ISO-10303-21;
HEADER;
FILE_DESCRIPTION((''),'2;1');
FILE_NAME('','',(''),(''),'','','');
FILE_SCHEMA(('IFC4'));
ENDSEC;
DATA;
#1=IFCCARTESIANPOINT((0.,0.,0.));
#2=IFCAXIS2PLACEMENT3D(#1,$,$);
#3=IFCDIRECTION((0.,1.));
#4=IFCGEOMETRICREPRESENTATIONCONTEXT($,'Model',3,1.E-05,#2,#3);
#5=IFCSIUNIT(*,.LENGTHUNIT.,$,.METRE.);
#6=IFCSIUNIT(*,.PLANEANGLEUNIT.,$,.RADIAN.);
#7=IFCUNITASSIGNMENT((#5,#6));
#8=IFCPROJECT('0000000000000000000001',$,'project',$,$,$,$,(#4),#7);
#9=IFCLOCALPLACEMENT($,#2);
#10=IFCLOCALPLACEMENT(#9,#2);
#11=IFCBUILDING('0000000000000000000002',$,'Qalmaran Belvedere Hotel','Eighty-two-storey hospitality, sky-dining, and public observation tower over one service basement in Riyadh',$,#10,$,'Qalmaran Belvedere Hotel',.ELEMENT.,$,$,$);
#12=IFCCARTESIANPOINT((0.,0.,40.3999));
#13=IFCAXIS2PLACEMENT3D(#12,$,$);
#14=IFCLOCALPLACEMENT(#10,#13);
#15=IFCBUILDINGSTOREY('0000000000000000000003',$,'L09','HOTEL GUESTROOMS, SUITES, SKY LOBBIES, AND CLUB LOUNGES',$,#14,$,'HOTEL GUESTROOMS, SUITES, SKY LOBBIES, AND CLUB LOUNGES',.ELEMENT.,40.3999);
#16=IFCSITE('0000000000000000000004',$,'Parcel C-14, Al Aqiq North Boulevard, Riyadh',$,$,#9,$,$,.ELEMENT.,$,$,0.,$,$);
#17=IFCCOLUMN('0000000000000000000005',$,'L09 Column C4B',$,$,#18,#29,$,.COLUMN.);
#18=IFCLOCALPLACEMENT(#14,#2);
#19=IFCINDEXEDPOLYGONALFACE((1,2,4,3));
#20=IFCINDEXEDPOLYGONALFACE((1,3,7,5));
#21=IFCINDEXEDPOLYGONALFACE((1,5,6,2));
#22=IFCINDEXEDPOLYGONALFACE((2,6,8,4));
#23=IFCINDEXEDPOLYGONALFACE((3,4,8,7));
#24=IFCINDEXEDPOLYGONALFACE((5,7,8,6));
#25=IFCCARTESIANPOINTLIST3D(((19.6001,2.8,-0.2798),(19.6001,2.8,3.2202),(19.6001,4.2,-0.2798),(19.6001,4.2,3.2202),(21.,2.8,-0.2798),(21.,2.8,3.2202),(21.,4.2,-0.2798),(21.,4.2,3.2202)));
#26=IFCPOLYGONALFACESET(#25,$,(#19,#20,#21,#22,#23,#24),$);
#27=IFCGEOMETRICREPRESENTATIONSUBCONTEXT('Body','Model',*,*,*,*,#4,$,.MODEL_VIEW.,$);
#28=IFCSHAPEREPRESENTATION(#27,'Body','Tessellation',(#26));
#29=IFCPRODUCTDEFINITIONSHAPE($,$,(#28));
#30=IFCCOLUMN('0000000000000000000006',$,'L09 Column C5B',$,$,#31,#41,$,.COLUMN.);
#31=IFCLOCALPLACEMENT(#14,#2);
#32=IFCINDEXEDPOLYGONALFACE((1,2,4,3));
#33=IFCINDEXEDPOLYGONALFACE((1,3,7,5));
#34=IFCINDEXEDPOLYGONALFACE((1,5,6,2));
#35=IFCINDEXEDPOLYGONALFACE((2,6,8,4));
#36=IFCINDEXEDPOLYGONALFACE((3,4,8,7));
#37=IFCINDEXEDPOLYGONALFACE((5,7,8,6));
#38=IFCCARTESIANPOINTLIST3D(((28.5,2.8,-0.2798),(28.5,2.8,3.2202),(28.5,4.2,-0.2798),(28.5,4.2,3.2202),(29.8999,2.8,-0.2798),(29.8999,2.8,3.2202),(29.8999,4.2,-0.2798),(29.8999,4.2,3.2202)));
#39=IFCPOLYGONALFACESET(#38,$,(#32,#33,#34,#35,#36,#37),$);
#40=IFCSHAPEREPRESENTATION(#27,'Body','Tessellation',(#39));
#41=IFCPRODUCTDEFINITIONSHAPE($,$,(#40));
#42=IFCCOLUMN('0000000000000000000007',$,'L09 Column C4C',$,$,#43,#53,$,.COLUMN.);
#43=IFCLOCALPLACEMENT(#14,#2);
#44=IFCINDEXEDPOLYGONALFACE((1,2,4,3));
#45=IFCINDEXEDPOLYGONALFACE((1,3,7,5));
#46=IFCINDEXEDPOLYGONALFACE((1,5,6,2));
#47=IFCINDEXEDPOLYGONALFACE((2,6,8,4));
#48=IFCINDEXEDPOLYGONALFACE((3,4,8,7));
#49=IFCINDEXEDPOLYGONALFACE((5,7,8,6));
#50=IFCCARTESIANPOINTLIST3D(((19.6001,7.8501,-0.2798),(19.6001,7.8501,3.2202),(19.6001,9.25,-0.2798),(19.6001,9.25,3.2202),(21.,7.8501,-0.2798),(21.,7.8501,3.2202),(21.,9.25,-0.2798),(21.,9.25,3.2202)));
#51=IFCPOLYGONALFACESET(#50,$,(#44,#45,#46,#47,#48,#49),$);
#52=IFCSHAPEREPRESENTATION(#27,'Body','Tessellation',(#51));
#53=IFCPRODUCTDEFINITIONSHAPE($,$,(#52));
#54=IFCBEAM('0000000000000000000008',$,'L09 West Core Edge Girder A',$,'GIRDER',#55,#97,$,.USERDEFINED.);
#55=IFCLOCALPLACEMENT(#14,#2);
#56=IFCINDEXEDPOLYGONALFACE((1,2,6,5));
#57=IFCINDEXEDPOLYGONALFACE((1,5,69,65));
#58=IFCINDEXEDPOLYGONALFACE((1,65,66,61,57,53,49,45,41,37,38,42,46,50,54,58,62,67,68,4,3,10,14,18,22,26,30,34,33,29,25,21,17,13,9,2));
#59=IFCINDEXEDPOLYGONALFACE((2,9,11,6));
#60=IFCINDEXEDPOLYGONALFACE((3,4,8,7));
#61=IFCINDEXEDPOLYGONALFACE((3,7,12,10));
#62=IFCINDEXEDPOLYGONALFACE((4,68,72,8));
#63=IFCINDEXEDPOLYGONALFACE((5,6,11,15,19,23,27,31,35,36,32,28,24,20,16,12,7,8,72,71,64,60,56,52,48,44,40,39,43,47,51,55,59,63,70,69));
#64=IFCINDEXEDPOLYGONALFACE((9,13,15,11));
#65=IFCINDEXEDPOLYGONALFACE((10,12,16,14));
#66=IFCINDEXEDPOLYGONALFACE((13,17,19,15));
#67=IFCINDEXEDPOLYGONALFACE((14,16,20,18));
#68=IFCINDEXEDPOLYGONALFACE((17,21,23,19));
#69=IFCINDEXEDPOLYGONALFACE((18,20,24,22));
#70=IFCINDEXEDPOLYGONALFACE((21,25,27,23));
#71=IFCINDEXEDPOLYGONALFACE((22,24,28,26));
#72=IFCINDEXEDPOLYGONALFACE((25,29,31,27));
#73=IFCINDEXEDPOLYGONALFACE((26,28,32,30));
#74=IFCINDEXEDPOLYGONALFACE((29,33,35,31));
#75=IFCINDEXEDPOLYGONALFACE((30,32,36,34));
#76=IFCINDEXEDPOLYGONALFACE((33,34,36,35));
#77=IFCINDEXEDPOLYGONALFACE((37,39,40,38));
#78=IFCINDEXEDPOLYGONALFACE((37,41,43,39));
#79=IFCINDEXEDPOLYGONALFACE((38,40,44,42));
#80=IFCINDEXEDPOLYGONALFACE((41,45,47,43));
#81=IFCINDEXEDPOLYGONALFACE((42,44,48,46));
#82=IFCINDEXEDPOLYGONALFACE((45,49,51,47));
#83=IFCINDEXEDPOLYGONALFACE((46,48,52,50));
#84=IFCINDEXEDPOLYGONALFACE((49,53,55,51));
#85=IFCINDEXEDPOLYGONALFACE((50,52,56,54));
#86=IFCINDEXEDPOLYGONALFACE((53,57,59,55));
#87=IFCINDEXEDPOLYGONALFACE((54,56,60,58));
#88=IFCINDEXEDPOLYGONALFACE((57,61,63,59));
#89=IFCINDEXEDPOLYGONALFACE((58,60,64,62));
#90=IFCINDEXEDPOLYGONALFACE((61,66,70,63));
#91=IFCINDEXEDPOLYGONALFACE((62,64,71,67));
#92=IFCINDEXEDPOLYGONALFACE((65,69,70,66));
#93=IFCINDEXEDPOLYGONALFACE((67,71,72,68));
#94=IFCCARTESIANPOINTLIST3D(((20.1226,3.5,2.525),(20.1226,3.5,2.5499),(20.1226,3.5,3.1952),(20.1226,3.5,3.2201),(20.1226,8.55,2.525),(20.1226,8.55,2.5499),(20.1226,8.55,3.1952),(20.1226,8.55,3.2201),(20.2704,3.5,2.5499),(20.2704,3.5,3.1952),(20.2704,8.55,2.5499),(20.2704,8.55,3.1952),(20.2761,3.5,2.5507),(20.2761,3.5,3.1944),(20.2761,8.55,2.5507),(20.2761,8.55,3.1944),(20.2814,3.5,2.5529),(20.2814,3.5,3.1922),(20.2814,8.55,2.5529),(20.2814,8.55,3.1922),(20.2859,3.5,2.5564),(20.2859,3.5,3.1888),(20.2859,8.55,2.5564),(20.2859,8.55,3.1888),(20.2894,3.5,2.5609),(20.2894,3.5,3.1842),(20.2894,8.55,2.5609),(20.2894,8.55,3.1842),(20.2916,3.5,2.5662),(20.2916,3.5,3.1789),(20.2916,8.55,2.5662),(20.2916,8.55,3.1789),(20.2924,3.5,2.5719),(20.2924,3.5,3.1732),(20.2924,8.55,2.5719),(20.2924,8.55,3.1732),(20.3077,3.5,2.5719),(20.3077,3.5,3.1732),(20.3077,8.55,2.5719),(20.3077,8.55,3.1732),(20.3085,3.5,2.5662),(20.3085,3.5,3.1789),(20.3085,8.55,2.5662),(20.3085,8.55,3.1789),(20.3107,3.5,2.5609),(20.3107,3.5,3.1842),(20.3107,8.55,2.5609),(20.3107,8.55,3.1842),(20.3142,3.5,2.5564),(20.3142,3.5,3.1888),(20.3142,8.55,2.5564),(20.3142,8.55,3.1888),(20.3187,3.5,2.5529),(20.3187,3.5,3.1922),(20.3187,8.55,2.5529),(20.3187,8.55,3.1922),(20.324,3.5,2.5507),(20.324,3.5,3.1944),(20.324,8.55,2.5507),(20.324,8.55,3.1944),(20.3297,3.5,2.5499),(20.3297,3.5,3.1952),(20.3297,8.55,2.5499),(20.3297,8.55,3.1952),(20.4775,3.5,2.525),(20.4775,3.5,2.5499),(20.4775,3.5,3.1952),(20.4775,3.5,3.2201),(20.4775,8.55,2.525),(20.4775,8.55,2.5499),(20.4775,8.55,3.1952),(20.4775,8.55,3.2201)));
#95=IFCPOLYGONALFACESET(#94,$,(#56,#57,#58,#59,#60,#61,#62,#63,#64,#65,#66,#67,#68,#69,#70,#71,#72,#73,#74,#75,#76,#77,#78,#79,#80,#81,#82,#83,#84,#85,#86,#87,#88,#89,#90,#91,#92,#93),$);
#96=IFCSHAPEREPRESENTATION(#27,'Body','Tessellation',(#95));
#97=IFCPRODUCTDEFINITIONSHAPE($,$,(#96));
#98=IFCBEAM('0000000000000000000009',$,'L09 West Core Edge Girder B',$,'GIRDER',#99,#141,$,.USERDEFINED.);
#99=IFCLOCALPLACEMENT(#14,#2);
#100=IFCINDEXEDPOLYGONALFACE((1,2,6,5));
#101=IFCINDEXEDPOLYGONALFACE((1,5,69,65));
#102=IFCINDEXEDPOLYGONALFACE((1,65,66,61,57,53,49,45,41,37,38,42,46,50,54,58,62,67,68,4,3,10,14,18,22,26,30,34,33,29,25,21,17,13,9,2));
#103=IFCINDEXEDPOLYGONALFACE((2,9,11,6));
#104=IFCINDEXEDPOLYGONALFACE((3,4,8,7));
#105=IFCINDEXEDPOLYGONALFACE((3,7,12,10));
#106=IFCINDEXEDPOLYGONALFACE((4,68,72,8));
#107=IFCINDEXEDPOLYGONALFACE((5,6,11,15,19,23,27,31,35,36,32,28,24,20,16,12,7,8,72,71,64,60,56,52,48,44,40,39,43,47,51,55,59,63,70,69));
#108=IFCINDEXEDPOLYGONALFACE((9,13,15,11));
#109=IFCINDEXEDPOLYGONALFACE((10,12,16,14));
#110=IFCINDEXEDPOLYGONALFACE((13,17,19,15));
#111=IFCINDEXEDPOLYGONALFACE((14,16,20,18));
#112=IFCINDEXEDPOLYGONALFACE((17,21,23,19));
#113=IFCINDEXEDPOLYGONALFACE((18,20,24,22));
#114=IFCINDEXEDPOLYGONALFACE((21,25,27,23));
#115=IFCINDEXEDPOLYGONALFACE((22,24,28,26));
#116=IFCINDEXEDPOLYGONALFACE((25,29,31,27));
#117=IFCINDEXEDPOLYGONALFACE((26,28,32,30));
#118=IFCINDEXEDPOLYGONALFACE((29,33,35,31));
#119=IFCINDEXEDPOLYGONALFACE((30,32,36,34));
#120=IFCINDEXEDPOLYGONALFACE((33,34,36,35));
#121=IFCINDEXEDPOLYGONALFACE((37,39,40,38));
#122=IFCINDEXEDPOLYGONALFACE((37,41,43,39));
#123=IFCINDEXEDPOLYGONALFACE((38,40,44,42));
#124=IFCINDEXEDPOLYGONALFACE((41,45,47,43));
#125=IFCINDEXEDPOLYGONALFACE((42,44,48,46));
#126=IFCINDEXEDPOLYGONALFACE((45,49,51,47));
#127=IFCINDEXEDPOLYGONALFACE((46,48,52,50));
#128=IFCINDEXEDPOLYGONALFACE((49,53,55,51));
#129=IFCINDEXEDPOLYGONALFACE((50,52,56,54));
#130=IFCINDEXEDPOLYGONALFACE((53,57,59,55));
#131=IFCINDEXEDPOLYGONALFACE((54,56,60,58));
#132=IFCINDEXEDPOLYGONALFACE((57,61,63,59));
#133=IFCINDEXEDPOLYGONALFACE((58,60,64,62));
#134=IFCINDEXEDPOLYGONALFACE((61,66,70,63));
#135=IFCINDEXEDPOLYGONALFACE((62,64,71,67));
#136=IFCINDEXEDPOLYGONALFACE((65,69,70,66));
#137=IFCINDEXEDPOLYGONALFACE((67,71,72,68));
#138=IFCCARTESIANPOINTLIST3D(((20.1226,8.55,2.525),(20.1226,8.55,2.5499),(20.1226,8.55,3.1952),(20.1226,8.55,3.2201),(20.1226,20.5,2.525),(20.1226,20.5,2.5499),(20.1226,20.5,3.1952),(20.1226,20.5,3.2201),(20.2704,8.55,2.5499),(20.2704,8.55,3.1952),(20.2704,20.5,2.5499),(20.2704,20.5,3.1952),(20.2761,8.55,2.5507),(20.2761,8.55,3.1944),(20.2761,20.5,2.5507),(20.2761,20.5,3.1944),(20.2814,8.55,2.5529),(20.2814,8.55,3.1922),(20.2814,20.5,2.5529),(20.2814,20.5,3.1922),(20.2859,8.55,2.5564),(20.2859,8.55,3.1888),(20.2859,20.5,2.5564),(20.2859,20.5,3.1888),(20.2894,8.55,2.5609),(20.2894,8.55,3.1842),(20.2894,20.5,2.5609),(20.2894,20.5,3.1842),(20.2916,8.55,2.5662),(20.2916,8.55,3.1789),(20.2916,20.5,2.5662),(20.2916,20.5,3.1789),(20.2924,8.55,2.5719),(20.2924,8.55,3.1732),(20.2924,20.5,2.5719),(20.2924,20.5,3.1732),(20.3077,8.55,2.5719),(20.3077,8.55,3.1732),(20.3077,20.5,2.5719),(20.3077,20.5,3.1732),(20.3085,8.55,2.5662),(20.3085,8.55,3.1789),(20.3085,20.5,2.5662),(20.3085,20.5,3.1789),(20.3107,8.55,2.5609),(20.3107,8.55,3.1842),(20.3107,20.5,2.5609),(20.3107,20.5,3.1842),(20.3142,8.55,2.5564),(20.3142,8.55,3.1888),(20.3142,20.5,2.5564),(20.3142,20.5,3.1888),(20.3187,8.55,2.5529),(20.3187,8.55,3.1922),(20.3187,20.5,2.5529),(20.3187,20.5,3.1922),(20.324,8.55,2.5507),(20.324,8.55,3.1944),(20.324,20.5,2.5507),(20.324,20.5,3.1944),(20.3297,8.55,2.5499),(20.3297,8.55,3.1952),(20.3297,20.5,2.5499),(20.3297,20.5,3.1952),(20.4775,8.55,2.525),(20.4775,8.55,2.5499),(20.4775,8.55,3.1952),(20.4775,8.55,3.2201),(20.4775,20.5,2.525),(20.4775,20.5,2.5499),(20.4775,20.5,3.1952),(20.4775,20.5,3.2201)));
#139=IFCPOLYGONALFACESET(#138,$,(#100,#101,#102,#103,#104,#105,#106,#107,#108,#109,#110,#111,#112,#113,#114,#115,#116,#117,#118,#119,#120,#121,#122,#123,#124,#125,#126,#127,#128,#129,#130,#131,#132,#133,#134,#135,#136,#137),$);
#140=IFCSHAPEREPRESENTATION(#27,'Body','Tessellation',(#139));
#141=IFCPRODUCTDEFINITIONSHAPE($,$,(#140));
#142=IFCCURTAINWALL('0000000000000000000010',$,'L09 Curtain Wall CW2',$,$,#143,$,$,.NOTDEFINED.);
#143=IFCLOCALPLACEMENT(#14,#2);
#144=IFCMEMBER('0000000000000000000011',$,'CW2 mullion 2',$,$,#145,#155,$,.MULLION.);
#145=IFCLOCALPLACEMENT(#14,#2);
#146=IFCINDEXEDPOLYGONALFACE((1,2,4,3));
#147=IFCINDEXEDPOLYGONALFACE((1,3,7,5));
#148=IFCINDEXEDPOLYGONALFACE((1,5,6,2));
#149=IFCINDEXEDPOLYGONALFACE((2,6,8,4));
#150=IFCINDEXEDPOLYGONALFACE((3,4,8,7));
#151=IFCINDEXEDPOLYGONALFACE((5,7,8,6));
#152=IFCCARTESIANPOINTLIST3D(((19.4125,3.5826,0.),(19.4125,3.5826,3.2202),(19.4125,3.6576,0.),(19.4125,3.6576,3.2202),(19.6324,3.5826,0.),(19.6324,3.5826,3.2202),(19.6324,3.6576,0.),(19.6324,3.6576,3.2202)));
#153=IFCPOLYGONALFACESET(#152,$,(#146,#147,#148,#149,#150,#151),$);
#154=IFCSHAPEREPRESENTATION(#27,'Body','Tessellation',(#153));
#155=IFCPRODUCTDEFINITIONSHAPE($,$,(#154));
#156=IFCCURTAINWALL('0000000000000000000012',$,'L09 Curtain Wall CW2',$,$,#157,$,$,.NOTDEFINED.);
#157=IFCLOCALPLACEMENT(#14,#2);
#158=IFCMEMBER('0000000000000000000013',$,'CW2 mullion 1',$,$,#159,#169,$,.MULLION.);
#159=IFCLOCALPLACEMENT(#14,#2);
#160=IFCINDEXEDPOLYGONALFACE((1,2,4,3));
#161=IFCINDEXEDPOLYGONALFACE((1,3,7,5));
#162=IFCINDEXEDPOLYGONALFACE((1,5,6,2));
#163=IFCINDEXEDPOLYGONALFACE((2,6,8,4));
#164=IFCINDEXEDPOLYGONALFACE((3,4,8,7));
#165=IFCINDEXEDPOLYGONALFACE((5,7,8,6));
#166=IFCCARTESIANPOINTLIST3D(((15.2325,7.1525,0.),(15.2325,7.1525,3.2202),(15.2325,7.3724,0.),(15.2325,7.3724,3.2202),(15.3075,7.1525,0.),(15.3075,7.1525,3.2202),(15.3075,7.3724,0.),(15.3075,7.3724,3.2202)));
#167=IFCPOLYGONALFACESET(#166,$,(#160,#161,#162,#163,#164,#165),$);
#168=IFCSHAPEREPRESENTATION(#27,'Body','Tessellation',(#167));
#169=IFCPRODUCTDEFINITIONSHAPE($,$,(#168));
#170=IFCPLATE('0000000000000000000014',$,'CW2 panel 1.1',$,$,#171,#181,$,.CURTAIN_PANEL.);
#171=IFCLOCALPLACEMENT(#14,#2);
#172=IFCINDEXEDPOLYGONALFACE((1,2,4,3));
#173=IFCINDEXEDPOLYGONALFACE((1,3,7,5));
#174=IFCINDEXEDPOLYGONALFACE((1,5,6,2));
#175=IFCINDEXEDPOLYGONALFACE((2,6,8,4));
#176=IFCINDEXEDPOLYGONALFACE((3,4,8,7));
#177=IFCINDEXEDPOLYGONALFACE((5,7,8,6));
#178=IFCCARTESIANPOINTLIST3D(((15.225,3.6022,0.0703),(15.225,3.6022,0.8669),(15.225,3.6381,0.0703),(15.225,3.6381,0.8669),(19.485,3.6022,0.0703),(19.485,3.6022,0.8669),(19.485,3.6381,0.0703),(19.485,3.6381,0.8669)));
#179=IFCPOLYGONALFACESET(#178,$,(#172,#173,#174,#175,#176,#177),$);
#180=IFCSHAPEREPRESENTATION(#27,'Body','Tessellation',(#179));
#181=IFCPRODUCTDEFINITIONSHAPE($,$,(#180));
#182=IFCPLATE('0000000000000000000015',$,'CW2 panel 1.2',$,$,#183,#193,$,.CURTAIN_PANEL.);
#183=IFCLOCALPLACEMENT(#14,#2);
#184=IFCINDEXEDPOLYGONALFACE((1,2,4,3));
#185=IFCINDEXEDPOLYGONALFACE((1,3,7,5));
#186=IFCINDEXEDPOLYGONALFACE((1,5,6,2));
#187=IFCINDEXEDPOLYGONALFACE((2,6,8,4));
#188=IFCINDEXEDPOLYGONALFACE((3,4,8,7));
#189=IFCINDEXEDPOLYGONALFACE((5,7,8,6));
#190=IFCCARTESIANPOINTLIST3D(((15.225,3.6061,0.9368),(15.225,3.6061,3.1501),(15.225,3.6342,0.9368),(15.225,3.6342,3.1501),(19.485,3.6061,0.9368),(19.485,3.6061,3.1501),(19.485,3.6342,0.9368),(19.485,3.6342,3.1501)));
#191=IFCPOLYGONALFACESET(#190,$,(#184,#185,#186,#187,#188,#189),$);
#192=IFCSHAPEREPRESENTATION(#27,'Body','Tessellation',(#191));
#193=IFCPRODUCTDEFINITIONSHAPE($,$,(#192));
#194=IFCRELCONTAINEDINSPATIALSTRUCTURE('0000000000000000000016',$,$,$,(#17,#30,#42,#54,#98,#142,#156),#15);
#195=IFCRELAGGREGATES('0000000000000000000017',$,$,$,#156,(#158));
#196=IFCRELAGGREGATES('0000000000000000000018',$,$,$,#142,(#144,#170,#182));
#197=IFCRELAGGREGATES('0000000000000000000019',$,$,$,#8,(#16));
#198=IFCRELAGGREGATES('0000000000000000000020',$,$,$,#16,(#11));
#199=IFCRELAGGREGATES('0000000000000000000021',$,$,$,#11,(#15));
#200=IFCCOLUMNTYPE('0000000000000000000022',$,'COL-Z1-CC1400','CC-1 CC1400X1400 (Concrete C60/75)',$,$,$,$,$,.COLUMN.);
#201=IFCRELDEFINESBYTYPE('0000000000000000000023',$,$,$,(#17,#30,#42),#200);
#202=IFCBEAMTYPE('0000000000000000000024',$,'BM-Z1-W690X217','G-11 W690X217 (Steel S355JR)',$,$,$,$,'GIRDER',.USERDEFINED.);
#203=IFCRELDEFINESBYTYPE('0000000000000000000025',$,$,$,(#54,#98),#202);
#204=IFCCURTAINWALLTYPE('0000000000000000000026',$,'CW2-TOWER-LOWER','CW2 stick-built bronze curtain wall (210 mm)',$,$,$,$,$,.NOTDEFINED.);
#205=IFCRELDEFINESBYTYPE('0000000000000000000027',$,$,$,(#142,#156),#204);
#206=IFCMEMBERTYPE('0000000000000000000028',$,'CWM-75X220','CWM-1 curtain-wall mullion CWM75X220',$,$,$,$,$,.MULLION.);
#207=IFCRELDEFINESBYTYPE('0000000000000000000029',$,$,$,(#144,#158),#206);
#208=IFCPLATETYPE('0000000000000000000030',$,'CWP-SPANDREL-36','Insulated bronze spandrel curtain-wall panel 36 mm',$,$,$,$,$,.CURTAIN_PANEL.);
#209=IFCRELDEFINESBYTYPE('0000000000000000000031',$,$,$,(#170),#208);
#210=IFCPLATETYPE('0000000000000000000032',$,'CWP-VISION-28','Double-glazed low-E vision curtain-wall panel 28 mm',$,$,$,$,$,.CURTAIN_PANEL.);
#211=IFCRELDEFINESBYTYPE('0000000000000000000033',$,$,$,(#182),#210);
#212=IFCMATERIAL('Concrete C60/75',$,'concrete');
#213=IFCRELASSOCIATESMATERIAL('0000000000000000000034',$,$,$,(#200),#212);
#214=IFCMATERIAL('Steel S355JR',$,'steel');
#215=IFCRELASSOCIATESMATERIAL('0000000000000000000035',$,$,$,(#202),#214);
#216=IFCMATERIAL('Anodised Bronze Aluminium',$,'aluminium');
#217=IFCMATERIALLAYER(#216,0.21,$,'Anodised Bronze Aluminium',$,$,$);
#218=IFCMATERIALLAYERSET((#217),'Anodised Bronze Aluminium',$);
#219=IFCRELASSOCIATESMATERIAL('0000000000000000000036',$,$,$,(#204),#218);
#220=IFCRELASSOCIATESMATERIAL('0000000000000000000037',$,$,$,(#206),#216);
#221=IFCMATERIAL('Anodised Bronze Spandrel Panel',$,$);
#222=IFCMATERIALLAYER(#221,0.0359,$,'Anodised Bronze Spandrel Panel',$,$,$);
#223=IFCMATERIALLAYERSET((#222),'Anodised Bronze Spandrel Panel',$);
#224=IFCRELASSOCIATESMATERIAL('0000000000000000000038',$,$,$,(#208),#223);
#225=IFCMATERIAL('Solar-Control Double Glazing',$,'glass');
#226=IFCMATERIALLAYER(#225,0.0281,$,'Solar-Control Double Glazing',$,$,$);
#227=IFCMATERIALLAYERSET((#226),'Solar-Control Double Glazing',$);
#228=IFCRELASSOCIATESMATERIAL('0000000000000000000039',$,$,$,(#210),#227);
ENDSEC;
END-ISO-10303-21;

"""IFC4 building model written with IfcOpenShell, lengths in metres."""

from ifc_helpers import new_model, si_unit, direction, frame, origin, origin_2d, place, context, subcontext, project, spatial, rectangle, i_section, extrude, material, layer, layer_set, material_profile, profile_set, type_object, element, aggregate, save


model = new_model("IFC4")

# Units and contexts
model_context = context("Model", 3, precision=1e-05, world=origin(), true_north=direction((0.0, 1.0)))
body_context = subcontext(model_context, "Body", "Model", "MODEL_VIEW")
ifc_project = project(units=[si_unit("LENGTHUNIT", "METRE"), si_unit("PLANEANGLEUNIT", "RADIAN")], contexts=[model_context])

# Site, building, storey
site_placement = place(None, origin())
site = spatial("IfcSite", under=ifc_project, at=site_placement, Name="Parcel C-14, Al Aqiq North Boulevard, Riyadh", CompositionType="ELEMENT", RefElevation=0.0)
building_placement = place(site_placement, origin())
building = spatial("IfcBuilding", under=site, at=building_placement, Name="Qalmaran Belvedere Hotel", Description="Eighty-two-storey hospitality, sky-dining, and public observation tower over one service basement in Riyadh", LongName="Qalmaran Belvedere Hotel", CompositionType="ELEMENT")
storey_placement = place(building_placement, frame((0.0, 0.0, 40.3999)))
storey = spatial("IfcBuildingStorey", under=building, at=storey_placement, Name="L09", Description="HOTEL GUESTROOMS, SUITES, SKY LOBBIES, AND CLUB LOUNGES", LongName="HOTEL GUESTROOMS, SUITES, SKY LOBBIES, AND CLUB LOUNGES", CompositionType="ELEMENT", Elevation=40.3999)

# Columns
ifc_material_1 = material(Name="Concrete C60/75", Category="concrete")
ifc_material_profile_1 = material_profile(ifc_material_1, rectangle(XDim=1.3999, YDim=1.3999, at=origin_2d()), Name="CC1400X1400")
ifc_profile_set_1 = profile_set([ifc_material_profile_1], Name="Concrete C60/75")
column_type = type_object("IfcColumnType", Name="COL-Z1-CC1400", Description="CC-1 CC1400X1400 (Concrete C60/75)", PredefinedType="COLUMN", material=ifc_profile_set_1)
for number, where, z_axis, x_axis, name in (
    (1, (20.3, 3.5, -0.2798), (0.0, 0.0, 1.0), (1.0, 0.0, 0.0), "L09 Column C4B"),
    (2, (29.2, 3.5, -0.2798), (0.0, 0.0, 1.0), (1.0, 0.0, 0.0), "L09 Column C5B"),
    (3, (20.3, 8.55, -0.2798), (0.0, 0.0, 1.0), (1.0, 0.0, 0.0), "L09 Column C4C"),
):
    element("IfcColumn", number, at=place(storey_placement, frame(where, z_axis=z_axis, x_axis=x_axis)), inside=storey, type_object=column_type, Name=name, PredefinedType="COLUMN", context=body_context, shape_type="SweptSolid", body=[
        extrude(rectangle(XDim=1.3999, YDim=1.3999, at=origin_2d()), origin(), (0.0, 0.0, 1.0), 3.5),
    ])

# Beams
ifc_material_2 = material(Name="Steel S355JR", Category="steel")
ifc_material_profile_2 = material_profile(ifc_material_2, i_section(OverallWidth=0.355, OverallDepth=0.6951, WebThickness=0.0154, FlangeThickness=0.0249, FilletRadius=0.022, at=origin_2d()), Name="W690X217")
ifc_profile_set_2 = profile_set([ifc_material_profile_2], Name="Steel S355JR")
beam_type = type_object("IfcBeamType", Name="BM-Z1-W690X217", Description="G-11 W690X217 (Steel S355JR)", ElementType="GIRDER", PredefinedType="USERDEFINED", material=ifc_profile_set_2)
beam_1_placement = place(storey_placement, frame((20.3, 3.5, 2.8726), z_axis=(0.0, 1.0, 0.0), x_axis=(-1.0, 0.0, 0.0)))
element("IfcBeam", 4, at=beam_1_placement, inside=storey, type_object=beam_type, Name="L09 West Core Edge Girder A", ObjectType="GIRDER", PredefinedType="USERDEFINED", context=body_context, shape_type="SweptSolid", body=[
    extrude(i_section(OverallWidth=0.355, OverallDepth=0.6951, WebThickness=0.0154, FlangeThickness=0.0249, FilletRadius=0.022, at=origin_2d()), origin(), (0.0, 0.0, 1.0), 5.05),
])
beam_2_placement = place(storey_placement, frame((20.3, 8.55, 2.8726), z_axis=(0.0, 1.0, 0.0), x_axis=(-1.0, 0.0, 0.0)))
element("IfcBeam", 5, at=beam_2_placement, inside=storey, type_object=beam_type, Name="L09 West Core Edge Girder B", ObjectType="GIRDER", PredefinedType="USERDEFINED", context=body_context, shape_type="SweptSolid", body=[
    extrude(i_section(OverallWidth=0.355, OverallDepth=0.6951, WebThickness=0.0154, FlangeThickness=0.0249, FilletRadius=0.022, at=origin_2d()), origin(), (0.0, 0.0, 1.0), 11.95),
])

# Curtain walls, members
ifc_material_3 = material(Name="Anodised Bronze Aluminium", Category="aluminium")
ifc_layer_1 = layer(ifc_material_3, 0.21, Name="Anodised Bronze Aluminium")
ifc_layer_set_1 = layer_set([ifc_layer_1], Name="Anodised Bronze Aluminium")
curtain_wall_type = type_object("IfcCurtainWallType", Name="CW2-TOWER-LOWER", Description="CW2 stick-built bronze curtain wall (210 mm)", PredefinedType="NOTDEFINED", material=ifc_layer_set_1)
curtain_wall_1_placement = place(storey_placement, origin())
curtain_wall_1 = element("IfcCurtainWall", 6, at=curtain_wall_1_placement, inside=storey, type_object=curtain_wall_type, Name="L09 Curtain Wall CW2", PredefinedType="NOTDEFINED")
ifc_material_profile_3 = material_profile(ifc_material_3, rectangle(XDim=0.075, YDim=0.22, at=origin_2d()), Name="CWM75X220")
ifc_profile_set_3 = profile_set([ifc_material_profile_3], Name="Anodised Bronze Aluminium")
member_type = type_object("IfcMemberType", Name="CWM-75X220", Description="CWM-1 curtain-wall mullion CWM75X220", PredefinedType="MULLION", material=ifc_profile_set_3)
member_1_placement = place(storey_placement, frame((19.5225, 3.6201, 0.0), z_axis=(0.0, 0.0, 1.0), x_axis=(0.0, 1.0, 0.0)))
member_1 = element("IfcMember", 7, at=member_1_placement, type_object=member_type, Name="CW2 mullion 2", PredefinedType="MULLION", context=body_context, shape_type="SweptSolid", body=[
    extrude(rectangle(XDim=0.075, YDim=0.22, at=origin_2d()), origin(), (0.0, 0.0, 1.0), 3.2202),
])
curtain_wall_2_placement = place(storey_placement, origin())
curtain_wall_2 = element("IfcCurtainWall", 8, at=curtain_wall_2_placement, inside=storey, type_object=curtain_wall_type, Name="L09 Curtain Wall CW2", PredefinedType="NOTDEFINED")
member_2_placement = place(storey_placement, frame((15.27, 7.2625, 0.0), z_axis=(0.0, 0.0, 1.0), x_axis=(1.0, 0.0, 0.0)))
member_2 = element("IfcMember", 9, at=member_2_placement, type_object=member_type, Name="CW2 mullion 1", PredefinedType="MULLION", context=body_context, shape_type="SweptSolid", body=[
    extrude(rectangle(XDim=0.075, YDim=0.22, at=origin_2d()), origin(), (0.0, 0.0, 1.0), 3.2202),
])
aggregate(curtain_wall_2, [member_2])

# Plates
ifc_material_4 = material(Name="Anodised Bronze Spandrel Panel")
ifc_layer_2 = layer(ifc_material_4, 0.0359, Name="Anodised Bronze Spandrel Panel")
ifc_layer_set_2 = layer_set([ifc_layer_2], Name="Anodised Bronze Spandrel Panel")
plate_type_1 = type_object("IfcPlateType", Name="CWP-SPANDREL-36", Description="Insulated bronze spandrel curtain-wall panel 36 mm", PredefinedType="CURTAIN_PANEL", material=ifc_layer_set_2)
plate_1_placement = place(storey_placement, frame((17.355, 3.6201, 0.0703), z_axis=(0.0, 0.0, 1.0), x_axis=(1.0, 0.0, 0.0)))
plate_1 = element("IfcPlate", 10, at=plate_1_placement, type_object=plate_type_1, Name="CW2 panel 1.1", PredefinedType="CURTAIN_PANEL", context=body_context, shape_type="SweptSolid", body=[
    extrude(rectangle(XDim=4.26, YDim=0.0359, at=origin_2d()), origin(), (0.0, 0.0, 1.0), 0.7966),
])
ifc_material_5 = material(Name="Solar-Control Double Glazing", Category="glass")
ifc_layer_3 = layer(ifc_material_5, 0.0281, Name="Solar-Control Double Glazing")
ifc_layer_set_3 = layer_set([ifc_layer_3], Name="Solar-Control Double Glazing")
plate_type_2 = type_object("IfcPlateType", Name="CWP-VISION-28", Description="Double-glazed low-E vision curtain-wall panel 28 mm", PredefinedType="CURTAIN_PANEL", material=ifc_layer_set_3)
plate_2_placement = place(storey_placement, frame((17.355, 3.6201, 0.9368), z_axis=(0.0, 0.0, 1.0), x_axis=(1.0, 0.0, 0.0)))
plate_2 = element("IfcPlate", 11, at=plate_2_placement, type_object=plate_type_2, Name="CW2 panel 1.2", PredefinedType="CURTAIN_PANEL", context=body_context, shape_type="SweptSolid", body=[
    extrude(rectangle(XDim=4.26, YDim=0.0281, at=origin_2d()), origin(), (0.0, 0.0, 1.0), 2.2134),
])
aggregate(curtain_wall_1, [member_1, plate_1, plate_2])

save(model, "model.ifc")
